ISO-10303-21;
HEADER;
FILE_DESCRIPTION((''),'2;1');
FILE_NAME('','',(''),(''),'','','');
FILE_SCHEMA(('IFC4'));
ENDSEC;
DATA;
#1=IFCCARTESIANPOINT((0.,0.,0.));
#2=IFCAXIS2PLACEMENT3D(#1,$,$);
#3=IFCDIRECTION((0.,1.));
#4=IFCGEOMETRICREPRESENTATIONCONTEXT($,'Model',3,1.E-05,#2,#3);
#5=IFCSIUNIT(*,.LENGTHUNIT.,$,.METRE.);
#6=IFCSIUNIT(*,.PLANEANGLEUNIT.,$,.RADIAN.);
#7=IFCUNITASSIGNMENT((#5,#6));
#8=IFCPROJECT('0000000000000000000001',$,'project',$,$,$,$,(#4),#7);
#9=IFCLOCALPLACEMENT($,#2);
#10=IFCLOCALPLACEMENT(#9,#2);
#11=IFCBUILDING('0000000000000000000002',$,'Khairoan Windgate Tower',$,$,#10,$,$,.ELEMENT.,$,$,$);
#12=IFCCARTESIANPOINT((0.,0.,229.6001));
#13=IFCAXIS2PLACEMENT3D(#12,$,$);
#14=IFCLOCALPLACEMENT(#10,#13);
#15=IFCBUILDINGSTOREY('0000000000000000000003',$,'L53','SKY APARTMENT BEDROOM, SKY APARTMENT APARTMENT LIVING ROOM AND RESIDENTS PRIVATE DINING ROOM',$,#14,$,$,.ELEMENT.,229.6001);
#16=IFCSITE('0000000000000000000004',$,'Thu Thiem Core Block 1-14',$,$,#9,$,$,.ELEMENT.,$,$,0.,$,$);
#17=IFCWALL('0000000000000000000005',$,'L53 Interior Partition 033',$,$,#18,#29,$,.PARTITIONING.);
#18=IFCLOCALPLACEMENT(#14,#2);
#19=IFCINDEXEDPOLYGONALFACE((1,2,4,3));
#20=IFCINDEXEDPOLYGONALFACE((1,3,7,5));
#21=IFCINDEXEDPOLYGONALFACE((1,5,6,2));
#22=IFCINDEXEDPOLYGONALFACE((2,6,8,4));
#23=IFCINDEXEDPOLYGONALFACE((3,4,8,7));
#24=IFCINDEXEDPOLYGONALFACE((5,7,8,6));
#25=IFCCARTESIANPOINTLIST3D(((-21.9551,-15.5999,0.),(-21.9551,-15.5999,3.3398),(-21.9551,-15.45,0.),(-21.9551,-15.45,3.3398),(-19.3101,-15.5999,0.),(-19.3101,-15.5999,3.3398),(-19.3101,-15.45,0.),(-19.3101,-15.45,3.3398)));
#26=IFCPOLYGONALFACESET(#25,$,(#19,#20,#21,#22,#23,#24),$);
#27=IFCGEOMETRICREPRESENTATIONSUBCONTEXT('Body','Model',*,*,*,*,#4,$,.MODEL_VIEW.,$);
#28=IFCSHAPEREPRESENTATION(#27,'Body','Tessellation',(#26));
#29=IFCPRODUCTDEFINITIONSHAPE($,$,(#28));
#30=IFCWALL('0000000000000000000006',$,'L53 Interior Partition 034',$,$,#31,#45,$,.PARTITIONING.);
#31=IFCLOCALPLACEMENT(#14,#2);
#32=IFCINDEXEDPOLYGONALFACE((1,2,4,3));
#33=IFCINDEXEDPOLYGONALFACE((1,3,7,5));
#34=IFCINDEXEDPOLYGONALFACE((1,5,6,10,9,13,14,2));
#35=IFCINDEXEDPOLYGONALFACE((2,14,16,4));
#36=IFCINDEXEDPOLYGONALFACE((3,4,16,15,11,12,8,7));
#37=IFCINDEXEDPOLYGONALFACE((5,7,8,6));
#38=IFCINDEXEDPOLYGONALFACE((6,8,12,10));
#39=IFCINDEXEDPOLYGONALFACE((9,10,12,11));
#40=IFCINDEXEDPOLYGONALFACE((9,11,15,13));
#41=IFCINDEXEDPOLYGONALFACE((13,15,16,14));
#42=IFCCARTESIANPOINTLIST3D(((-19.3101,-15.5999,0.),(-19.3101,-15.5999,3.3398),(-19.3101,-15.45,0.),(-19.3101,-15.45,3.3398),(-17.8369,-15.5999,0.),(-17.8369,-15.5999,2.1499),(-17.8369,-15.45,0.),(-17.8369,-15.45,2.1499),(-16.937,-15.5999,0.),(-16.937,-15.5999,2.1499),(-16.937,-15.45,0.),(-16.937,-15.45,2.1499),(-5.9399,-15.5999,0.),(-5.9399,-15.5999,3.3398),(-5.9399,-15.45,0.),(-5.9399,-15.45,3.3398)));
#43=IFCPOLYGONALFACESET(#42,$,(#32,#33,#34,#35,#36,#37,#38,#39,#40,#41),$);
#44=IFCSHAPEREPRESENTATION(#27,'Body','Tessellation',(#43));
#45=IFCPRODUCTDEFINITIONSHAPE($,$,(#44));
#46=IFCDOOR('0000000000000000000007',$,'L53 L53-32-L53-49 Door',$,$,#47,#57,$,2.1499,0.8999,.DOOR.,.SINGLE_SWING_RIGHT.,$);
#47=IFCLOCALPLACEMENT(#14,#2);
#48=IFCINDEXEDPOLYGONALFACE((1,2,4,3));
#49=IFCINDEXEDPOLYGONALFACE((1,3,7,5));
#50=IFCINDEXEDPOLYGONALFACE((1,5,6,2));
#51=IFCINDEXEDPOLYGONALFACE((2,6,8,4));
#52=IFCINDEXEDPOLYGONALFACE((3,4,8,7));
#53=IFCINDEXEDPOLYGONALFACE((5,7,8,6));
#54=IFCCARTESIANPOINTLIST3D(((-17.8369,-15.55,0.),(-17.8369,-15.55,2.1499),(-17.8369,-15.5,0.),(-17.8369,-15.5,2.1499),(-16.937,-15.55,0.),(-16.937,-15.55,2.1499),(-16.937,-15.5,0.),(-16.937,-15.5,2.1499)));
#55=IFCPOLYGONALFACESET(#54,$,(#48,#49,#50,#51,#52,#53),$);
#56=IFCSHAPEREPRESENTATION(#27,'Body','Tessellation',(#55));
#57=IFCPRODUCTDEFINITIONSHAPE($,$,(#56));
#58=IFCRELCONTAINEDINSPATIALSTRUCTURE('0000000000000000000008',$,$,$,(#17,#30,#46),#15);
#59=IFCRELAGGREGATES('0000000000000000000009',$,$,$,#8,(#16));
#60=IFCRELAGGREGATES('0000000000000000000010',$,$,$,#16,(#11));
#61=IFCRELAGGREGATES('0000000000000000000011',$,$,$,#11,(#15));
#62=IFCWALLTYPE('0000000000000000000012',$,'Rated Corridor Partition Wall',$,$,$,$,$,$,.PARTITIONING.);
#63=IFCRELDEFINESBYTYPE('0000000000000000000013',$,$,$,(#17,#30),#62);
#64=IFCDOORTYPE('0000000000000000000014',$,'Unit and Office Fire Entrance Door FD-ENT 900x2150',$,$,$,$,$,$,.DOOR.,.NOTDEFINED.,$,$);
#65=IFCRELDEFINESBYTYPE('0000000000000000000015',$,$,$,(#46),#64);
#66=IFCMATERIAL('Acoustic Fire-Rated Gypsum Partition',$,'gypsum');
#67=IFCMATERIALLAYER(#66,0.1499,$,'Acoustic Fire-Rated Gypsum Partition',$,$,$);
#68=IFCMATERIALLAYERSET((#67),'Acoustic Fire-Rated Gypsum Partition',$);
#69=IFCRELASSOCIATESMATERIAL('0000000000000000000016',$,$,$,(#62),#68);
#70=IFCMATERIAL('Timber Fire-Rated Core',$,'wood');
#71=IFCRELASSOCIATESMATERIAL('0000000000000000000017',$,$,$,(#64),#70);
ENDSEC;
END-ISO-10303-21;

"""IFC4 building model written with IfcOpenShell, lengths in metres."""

from ifc_helpers import new_model, si_unit, direction, frame, frame_2d, origin, place, context, subcontext, project, spatial, rectangle, extrude, material, layer, layer_set, type_object, element, fill, save


model = new_model("IFC4")

# Units and contexts
model_context = context("Model", 3, precision=1e-05, world=origin(), true_north=direction((0.0, 1.0)))
body_context = subcontext(model_context, "Body", "Model", "MODEL_VIEW")
ifc_project = project(units=[si_unit("LENGTHUNIT", "METRE"), si_unit("PLANEANGLEUNIT", "RADIAN")], contexts=[model_context])

# Site, building, storey
site_placement = place(None, origin())
site = spatial("IfcSite", under=ifc_project, at=site_placement, Name="Thu Thiem Core Block 1-14", CompositionType="ELEMENT", RefElevation=0.0)
building_placement = place(site_placement, origin())
building = spatial("IfcBuilding", under=site, at=building_placement, Name="Khairoan Windgate Tower", CompositionType="ELEMENT")
storey_placement = place(building_placement, frame((0.0, 0.0, 229.6001)))
storey = spatial("IfcBuildingStorey", under=building, at=storey_placement, Name="L53", Description="SKY APARTMENT BEDROOM, SKY APARTMENT APARTMENT LIVING ROOM AND RESIDENTS PRIVATE DINING ROOM", CompositionType="ELEMENT", Elevation=229.6001)

# Wall
ifc_material_1 = material(Name="Acoustic Fire-Rated Gypsum Partition", Category="gypsum")
ifc_layer_1 = layer(ifc_material_1, 0.1499, Name="Acoustic Fire-Rated Gypsum Partition")
ifc_layer_set_1 = layer_set([ifc_layer_1], Name="Acoustic Fire-Rated Gypsum Partition")
wall_type_1 = type_object("IfcWallType", Name="Rated Corridor Partition Wall", PredefinedType="PARTITIONING", material=ifc_layer_set_1)
wall_1_placement = place(storey_placement, frame((-21.9551, -15.5249, 0.0), z_axis=(0.0, 0.0, 1.0), x_axis=(1.0, 0.0, 0.0)))
element("IfcWall", 1, at=wall_1_placement, inside=storey, type_object=wall_type_1, Name="L53 Interior Partition 033", PredefinedType="PARTITIONING", context=body_context, shape_type="SweptSolid", body=[
    extrude(rectangle(XDim=2.645, YDim=0.1499, at=frame_2d((1.3225, 0.0))), origin(), (0.0, 0.0, 1.0), 3.3398),
])

# Wall, opening, door
wall_2_placement = place(storey_placement, frame((-19.3101, -15.5249, 0.0), z_axis=(0.0, 0.0, 1.0), x_axis=(1.0, 0.0, 0.0)))
wall_2 = element("IfcWall", 2, at=wall_2_placement, inside=storey, type_object=wall_type_1, Name="L53 Interior Partition 034", PredefinedType="PARTITIONING", context=body_context, shape_type="SweptSolid", body=[
    extrude(rectangle(XDim=13.3701, YDim=0.1499, at=frame_2d((6.6851, 0.0))), origin(), (0.0, 0.0, 1.0), 3.3398),
])
opening_1_placement = place(wall_2_placement, frame((1.4731, 0.0, 0.0)))
opening_1 = element("IfcOpeningElement", 3, at=opening_1_placement, cuts=wall_2, PredefinedType="OPENING", context=body_context, shape_type="SweptSolid", body=[
    extrude(rectangle(XDim=0.8999, YDim=2.1499, at=frame_2d((0.45, 1.075))), frame((0.0, 0.085, 0.0), z_axis=(0.0, -1.0, 0.0), x_axis=(1.0, 0.0, 0.0)), (0.0, 0.0, 1.0), 0.1699),
])
ifc_material_2 = material(Name="Timber Fire-Rated Core", Category="wood")
door_type_1 = type_object("IfcDoorType", Name="Unit and Office Fire Entrance Door FD-ENT 900x2150", OperationType="NOTDEFINED", PredefinedType="DOOR", material=ifc_material_2)
door_1_placement = place(opening_1_placement, origin())
door_1 = element("IfcDoor", 4, at=door_1_placement, inside=storey, type_object=door_type_1, Name="L53 L53-32-L53-49 Door", OperationType="SINGLE_SWING_RIGHT", OverallHeight=2.1499, OverallWidth=0.8999, PredefinedType="DOOR", context=body_context, shape_type="SweptSolid", body=[
    extrude(rectangle(XDim=0.8999, YDim=2.1499, at=frame_2d((0.45, 1.075))), frame((0.0, 0.0249, 0.0), z_axis=(0.0, -1.0, 0.0), x_axis=(1.0, 0.0, 0.0)), (0.0, 0.0, 1.0), 0.05),
])
fill(opening_1, door_1)

save(model, "model.ifc")
